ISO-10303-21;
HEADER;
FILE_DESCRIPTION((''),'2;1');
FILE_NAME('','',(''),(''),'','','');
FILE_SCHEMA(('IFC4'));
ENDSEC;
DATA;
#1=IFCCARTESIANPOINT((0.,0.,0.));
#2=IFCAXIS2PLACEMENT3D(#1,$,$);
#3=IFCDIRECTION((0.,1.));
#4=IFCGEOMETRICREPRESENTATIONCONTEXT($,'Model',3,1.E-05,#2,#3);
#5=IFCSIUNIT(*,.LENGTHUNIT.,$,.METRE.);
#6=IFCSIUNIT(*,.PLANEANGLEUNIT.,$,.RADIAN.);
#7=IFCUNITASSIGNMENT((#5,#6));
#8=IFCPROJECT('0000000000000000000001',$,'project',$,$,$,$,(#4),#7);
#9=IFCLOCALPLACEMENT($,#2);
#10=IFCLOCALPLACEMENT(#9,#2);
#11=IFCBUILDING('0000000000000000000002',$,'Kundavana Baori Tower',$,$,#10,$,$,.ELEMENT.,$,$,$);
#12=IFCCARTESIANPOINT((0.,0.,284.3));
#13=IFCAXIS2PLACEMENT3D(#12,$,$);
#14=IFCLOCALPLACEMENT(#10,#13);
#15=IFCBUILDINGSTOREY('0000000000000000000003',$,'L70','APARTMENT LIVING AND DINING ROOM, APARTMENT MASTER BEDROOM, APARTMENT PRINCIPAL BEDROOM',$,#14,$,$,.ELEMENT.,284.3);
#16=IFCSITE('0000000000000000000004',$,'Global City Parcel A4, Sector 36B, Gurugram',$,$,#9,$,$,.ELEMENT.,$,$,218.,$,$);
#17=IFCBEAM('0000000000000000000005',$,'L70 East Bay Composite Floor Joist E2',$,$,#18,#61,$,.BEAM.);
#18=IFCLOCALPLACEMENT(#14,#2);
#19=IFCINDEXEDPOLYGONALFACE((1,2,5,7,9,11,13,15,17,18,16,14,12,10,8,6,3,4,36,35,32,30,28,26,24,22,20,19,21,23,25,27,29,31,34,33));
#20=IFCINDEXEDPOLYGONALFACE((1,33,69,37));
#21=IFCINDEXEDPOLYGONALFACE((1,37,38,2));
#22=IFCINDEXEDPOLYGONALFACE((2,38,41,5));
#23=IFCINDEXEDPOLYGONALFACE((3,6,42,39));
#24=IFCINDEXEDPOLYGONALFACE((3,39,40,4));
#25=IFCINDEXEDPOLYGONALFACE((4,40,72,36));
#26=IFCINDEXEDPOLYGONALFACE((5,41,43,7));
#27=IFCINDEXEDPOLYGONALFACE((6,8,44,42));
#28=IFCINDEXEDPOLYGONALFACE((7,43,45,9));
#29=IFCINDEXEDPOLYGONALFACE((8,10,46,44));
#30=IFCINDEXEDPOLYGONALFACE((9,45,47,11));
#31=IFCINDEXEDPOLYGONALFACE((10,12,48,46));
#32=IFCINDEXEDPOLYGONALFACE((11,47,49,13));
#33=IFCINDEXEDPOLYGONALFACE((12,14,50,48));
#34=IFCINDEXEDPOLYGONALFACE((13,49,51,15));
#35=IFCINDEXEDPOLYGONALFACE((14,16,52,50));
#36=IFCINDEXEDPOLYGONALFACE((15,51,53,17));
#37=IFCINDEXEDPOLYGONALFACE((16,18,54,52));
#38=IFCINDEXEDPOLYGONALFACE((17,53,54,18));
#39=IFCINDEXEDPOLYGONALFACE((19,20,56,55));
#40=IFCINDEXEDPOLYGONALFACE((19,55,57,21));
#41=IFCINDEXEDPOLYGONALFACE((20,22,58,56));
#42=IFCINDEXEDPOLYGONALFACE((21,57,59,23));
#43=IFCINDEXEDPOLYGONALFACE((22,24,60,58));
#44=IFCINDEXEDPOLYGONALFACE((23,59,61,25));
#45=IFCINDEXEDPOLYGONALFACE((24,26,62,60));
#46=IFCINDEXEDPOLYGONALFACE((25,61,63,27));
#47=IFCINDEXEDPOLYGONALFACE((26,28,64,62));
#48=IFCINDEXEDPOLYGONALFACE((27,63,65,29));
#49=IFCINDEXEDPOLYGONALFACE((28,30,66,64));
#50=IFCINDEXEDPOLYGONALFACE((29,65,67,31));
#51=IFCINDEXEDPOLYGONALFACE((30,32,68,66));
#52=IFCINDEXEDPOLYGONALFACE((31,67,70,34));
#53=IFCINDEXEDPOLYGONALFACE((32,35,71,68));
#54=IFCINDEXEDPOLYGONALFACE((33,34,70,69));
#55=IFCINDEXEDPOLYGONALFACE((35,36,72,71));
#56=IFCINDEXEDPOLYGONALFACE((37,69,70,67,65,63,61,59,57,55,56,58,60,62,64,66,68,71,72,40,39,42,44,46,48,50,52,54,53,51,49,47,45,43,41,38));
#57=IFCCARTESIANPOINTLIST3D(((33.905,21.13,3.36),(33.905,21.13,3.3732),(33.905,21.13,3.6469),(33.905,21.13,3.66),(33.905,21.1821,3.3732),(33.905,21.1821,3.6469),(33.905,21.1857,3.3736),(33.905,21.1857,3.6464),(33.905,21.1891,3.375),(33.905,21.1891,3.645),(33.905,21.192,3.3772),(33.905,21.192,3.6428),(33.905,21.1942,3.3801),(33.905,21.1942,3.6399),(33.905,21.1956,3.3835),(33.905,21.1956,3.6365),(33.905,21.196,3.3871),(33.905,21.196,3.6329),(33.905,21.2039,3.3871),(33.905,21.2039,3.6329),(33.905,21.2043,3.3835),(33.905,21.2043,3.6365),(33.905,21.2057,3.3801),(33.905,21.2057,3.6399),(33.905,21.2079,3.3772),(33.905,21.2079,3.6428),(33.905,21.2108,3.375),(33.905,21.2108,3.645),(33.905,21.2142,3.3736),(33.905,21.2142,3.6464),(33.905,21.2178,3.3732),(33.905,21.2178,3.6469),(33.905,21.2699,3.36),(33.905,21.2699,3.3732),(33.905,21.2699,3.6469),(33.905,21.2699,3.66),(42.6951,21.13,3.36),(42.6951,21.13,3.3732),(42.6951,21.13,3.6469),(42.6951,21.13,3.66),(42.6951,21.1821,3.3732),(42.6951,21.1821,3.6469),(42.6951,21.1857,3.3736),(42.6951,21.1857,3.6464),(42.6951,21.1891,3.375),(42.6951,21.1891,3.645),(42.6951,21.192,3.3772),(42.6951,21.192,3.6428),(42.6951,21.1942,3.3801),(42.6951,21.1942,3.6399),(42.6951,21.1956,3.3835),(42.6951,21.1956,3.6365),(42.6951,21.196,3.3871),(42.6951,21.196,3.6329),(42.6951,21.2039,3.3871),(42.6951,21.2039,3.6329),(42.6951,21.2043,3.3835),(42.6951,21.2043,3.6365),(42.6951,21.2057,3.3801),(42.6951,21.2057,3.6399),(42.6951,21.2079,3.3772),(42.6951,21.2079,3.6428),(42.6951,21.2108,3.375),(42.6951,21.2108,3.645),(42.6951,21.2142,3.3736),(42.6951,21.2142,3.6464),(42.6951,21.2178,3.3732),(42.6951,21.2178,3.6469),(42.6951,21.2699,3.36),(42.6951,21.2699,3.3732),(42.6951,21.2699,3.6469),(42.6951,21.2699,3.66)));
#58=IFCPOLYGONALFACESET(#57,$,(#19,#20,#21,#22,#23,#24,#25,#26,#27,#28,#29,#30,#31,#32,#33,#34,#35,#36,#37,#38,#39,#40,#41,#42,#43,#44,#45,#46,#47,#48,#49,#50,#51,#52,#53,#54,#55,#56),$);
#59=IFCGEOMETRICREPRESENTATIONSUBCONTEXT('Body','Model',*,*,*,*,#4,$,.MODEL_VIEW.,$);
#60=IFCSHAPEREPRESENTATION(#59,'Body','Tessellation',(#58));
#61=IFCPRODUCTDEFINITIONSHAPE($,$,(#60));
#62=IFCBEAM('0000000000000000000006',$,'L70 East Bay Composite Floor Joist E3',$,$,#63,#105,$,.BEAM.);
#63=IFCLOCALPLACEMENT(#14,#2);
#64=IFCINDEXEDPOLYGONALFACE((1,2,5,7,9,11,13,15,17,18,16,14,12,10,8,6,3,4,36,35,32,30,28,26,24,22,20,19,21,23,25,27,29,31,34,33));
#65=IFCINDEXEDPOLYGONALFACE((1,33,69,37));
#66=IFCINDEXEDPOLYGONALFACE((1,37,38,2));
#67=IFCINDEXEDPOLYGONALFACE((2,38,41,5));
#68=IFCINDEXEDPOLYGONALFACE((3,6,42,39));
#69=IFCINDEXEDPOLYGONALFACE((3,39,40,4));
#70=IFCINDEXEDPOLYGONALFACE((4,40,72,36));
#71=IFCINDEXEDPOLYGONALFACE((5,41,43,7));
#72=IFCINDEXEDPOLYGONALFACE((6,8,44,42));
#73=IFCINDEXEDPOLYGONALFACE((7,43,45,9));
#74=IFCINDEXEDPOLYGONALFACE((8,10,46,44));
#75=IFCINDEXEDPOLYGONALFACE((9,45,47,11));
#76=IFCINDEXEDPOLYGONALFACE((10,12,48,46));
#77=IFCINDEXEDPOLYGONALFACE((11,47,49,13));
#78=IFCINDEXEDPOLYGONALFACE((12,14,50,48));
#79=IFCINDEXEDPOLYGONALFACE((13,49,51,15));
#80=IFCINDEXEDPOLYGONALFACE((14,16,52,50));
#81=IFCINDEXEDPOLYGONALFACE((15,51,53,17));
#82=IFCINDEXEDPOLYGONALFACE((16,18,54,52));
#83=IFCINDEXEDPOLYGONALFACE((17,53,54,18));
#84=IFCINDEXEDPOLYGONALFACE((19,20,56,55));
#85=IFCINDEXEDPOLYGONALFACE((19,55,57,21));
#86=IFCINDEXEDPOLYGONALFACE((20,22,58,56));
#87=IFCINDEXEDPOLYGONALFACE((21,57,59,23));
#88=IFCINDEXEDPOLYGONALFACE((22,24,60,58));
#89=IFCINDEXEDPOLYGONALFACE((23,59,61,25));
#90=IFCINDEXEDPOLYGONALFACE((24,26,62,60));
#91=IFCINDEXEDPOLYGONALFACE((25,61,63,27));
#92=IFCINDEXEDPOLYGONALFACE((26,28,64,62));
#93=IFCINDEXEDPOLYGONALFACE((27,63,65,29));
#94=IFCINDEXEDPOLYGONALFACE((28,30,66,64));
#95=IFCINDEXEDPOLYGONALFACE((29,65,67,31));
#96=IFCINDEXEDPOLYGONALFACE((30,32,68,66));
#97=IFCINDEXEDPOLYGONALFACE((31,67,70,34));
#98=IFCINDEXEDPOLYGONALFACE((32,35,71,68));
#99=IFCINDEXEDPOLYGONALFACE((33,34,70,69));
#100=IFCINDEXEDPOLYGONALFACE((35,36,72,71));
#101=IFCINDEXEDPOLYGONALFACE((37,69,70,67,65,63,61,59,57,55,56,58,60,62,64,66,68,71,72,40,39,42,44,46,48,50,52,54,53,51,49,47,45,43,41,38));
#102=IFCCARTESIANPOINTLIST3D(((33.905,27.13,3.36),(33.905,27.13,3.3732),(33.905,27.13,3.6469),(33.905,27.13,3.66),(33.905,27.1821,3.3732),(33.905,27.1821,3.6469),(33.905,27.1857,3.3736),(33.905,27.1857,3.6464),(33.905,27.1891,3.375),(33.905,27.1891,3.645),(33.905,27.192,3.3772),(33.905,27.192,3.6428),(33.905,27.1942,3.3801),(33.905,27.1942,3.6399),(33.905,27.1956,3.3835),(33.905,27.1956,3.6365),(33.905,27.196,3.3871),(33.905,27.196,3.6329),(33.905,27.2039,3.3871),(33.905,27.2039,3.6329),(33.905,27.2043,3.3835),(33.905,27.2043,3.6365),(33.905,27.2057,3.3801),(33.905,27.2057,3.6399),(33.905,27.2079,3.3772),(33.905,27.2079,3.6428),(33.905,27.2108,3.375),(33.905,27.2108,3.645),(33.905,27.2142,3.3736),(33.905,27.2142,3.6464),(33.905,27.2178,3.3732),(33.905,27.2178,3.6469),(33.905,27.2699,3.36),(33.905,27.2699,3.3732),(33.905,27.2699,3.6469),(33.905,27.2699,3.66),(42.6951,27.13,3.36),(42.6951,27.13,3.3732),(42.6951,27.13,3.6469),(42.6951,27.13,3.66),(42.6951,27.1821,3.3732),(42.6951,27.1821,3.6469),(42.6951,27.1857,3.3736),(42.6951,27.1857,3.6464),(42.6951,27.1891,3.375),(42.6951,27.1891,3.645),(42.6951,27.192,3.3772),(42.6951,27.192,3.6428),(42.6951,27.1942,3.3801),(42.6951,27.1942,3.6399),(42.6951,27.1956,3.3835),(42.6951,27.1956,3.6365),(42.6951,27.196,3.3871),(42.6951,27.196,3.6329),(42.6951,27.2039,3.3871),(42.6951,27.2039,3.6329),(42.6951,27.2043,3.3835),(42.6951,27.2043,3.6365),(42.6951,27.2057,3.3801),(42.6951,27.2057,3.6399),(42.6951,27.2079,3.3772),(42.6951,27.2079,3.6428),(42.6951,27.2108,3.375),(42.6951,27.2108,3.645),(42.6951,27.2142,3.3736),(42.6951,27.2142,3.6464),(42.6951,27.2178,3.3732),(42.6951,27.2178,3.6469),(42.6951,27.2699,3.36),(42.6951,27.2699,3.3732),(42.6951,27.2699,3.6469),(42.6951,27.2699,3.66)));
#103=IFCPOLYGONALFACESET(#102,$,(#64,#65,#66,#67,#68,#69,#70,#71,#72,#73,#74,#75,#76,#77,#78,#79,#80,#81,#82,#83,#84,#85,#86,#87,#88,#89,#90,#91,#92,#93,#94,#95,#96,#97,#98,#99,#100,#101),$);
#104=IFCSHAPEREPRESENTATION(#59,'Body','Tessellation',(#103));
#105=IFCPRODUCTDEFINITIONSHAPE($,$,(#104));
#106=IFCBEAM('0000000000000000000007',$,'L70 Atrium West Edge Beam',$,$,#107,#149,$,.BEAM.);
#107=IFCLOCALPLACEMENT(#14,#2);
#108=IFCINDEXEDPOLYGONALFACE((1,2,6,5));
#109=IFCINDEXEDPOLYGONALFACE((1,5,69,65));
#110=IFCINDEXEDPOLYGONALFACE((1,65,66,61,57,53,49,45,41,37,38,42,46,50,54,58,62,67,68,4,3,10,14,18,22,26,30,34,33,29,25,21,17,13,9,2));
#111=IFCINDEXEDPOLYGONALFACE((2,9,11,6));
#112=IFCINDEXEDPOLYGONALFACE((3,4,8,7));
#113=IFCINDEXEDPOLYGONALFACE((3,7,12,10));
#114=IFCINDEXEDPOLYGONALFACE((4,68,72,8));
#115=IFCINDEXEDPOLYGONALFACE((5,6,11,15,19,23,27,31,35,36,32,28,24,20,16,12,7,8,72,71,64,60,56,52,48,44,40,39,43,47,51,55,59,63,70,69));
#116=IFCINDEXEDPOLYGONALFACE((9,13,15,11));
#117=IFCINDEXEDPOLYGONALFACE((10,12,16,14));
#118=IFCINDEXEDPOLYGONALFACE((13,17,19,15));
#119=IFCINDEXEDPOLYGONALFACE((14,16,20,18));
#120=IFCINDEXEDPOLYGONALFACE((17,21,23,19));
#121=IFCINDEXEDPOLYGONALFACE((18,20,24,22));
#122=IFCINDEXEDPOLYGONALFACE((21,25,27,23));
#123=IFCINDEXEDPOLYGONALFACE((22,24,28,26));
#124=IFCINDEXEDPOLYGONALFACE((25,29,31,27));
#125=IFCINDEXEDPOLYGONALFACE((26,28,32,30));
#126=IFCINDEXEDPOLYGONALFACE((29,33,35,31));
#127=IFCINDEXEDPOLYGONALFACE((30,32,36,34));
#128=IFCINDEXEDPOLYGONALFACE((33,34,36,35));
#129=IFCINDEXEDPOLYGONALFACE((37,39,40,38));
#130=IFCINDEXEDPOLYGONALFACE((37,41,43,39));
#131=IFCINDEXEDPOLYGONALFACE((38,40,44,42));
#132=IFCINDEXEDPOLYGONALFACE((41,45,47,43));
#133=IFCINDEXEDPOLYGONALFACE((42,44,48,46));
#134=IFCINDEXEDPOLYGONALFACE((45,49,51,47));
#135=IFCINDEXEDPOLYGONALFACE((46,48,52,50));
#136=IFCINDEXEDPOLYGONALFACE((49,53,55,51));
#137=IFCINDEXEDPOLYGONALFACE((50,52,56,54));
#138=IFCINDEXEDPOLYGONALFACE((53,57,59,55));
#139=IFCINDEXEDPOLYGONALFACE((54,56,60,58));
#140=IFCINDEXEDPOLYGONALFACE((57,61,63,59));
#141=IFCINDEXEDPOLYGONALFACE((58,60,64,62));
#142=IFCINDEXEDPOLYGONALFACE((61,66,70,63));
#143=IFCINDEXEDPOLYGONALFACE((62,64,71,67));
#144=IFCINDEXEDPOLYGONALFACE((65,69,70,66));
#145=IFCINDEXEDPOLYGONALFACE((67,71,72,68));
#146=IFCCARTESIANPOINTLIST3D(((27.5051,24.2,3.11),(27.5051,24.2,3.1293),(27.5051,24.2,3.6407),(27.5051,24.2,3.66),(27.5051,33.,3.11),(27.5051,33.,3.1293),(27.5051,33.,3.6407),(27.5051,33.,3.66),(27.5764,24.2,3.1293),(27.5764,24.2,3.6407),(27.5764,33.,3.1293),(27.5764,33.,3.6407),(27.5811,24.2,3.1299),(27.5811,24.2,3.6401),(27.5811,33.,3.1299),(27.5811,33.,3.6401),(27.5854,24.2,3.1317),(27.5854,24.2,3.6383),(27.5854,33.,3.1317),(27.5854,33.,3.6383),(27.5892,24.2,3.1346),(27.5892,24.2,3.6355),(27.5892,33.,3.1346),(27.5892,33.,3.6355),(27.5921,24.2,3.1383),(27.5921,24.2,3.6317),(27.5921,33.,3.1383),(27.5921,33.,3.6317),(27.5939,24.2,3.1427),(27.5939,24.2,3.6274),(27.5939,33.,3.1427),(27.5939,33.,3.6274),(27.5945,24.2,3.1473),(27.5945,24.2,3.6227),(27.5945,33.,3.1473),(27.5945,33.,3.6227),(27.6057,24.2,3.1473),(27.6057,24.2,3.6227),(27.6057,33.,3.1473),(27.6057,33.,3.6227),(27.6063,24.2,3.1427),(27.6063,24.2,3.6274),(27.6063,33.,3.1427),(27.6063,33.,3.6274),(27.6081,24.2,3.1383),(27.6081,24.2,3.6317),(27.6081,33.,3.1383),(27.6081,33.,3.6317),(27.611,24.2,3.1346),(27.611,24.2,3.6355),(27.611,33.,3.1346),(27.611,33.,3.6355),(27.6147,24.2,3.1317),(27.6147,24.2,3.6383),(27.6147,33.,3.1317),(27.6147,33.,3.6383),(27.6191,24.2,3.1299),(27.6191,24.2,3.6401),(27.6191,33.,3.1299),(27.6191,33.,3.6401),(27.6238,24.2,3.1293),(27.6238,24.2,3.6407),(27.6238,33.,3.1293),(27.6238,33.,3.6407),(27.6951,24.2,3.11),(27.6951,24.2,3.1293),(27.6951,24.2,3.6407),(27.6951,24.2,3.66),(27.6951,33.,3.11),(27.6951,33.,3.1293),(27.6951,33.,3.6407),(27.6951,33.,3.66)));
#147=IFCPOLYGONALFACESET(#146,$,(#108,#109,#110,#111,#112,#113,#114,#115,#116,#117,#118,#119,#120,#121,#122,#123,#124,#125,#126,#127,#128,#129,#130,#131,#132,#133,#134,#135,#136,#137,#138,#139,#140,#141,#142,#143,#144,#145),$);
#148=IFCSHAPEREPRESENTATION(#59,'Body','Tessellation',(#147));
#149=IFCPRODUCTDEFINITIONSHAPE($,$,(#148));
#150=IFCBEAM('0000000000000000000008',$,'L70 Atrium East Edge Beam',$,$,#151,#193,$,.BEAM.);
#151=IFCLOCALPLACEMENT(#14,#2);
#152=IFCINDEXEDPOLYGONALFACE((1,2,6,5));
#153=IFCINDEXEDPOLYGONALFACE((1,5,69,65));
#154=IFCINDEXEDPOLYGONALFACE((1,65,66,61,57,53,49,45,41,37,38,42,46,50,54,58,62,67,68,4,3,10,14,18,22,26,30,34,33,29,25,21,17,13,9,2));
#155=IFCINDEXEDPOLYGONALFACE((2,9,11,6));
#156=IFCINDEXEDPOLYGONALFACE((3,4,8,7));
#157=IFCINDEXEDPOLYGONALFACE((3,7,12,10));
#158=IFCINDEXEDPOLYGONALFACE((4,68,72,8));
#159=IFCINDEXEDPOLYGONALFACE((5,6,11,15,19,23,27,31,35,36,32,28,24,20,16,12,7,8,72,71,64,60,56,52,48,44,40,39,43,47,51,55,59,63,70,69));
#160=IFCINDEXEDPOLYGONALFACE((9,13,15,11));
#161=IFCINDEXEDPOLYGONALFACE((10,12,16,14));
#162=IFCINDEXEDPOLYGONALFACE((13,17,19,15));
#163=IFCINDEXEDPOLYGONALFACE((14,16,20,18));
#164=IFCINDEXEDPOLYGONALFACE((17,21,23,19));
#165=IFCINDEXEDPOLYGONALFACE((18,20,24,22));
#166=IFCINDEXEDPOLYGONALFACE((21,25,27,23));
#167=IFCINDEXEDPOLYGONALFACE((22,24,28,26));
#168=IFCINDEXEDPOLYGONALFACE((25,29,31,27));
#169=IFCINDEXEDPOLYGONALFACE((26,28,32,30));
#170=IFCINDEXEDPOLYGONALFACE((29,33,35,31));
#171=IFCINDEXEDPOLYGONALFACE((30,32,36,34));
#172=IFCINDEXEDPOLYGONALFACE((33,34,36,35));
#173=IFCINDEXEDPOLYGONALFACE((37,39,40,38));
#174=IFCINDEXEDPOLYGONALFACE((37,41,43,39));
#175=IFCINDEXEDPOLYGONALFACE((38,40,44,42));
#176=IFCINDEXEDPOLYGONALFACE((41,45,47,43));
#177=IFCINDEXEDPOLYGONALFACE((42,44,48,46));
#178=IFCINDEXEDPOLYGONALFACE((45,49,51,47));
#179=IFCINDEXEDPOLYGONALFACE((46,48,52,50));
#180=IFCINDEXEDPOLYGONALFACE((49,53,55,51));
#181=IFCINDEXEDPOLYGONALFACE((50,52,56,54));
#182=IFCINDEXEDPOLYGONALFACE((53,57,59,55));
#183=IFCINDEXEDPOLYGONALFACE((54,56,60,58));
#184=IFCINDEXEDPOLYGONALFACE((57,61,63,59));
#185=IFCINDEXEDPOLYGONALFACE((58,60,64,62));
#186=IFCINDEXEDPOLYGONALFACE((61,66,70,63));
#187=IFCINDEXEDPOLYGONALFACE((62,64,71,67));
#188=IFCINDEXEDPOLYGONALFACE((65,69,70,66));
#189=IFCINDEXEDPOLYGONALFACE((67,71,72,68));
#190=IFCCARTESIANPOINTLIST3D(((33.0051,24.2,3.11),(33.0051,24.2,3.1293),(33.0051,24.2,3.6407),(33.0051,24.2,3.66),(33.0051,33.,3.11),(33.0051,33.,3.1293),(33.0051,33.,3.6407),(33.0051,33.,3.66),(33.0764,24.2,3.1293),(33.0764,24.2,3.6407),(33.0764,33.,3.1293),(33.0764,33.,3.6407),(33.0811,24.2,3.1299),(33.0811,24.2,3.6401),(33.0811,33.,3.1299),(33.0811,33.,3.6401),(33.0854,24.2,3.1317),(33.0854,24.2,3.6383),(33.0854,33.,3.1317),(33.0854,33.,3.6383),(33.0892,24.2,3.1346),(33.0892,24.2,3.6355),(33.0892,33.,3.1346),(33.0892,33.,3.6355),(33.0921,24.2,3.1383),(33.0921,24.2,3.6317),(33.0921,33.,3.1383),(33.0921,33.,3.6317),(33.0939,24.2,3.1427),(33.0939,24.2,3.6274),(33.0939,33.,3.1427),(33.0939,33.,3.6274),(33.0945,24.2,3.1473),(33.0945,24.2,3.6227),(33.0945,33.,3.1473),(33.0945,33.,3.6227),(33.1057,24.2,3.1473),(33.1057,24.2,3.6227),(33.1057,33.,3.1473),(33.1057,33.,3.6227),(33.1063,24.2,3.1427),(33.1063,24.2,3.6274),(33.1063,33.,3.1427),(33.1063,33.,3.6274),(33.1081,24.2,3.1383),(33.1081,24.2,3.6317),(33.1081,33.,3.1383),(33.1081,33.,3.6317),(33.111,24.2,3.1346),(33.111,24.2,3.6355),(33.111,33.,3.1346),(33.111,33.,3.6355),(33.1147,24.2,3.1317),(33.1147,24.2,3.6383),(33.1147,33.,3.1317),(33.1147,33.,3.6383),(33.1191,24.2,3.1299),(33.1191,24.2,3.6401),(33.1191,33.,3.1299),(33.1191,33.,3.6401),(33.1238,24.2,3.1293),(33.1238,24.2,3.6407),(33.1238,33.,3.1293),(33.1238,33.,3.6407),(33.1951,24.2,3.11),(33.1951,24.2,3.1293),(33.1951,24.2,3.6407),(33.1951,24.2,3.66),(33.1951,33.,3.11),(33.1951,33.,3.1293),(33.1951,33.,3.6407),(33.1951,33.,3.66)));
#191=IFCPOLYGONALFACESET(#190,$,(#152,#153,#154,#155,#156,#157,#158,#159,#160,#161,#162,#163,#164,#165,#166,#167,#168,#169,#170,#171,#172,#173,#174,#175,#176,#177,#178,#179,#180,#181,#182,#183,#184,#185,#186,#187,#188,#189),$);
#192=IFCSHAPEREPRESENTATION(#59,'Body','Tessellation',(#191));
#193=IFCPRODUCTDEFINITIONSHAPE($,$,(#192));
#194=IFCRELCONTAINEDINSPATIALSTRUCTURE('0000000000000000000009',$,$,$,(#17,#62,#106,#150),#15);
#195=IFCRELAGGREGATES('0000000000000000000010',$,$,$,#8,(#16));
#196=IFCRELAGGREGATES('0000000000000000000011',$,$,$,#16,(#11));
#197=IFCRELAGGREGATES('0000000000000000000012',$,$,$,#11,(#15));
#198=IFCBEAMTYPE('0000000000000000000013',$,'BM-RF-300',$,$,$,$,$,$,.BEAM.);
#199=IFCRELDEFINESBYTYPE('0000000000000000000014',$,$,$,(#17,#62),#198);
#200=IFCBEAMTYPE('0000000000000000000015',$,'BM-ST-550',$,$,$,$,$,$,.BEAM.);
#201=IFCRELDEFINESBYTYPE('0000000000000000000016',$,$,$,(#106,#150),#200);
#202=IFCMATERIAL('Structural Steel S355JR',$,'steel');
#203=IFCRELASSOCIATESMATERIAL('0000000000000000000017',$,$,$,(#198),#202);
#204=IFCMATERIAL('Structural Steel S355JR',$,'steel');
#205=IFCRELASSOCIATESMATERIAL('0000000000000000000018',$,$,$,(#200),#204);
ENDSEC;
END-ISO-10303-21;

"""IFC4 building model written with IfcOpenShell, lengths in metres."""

from ifc_helpers import new_model, si_unit, direction, frame, origin, origin_2d, place, context, subcontext, project, spatial, i_section, extrude, material, material_profile, profile_set, type_object, element, save


model = new_model("IFC4")

# Units and contexts
model_context = context("Model", 3, precision=1e-05, world=origin(), true_north=direction((0.0, 1.0)))
body_context = subcontext(model_context, "Body", "Model", "MODEL_VIEW")
ifc_project = project(units=[si_unit("LENGTHUNIT", "METRE"), si_unit("PLANEANGLEUNIT", "RADIAN")], contexts=[model_context])

# Site, building, storey
site_placement = place(None, origin())
site = spatial("IfcSite", under=ifc_project, at=site_placement, Name="Global City Parcel A4, Sector 36B, Gurugram", CompositionType="ELEMENT", RefElevation=218.0)
building_placement = place(site_placement, origin())
building = spatial("IfcBuilding", under=site, at=building_placement, Name="Kundavana Baori Tower", CompositionType="ELEMENT")
storey_placement = place(building_placement, frame((0.0, 0.0, 284.3)))
storey = spatial("IfcBuildingStorey", under=building, at=storey_placement, Name="L70", Description="APARTMENT LIVING AND DINING ROOM, APARTMENT MASTER BEDROOM, APARTMENT PRINCIPAL BEDROOM", CompositionType="ELEMENT", Elevation=284.3)

# Beams
ifc_material_1 = material(Name="Structural Steel S355JR", Category="steel")
ifc_material_profile_1 = material_profile(ifc_material_1, i_section(OverallWidth=0.1399, OverallDepth=0.3, WebThickness=0.0078, FlangeThickness=0.0132, FilletRadius=0.0139, at=origin_2d()), Name="ISMB 300")
ifc_profile_set_1 = profile_set([ifc_material_profile_1], Name="Structural Steel S355JR")
beam_type_1 = type_object("IfcBeamType", Name="BM-RF-300", PredefinedType="BEAM", material=ifc_profile_set_1)
for number, where, z_axis, x_axis, name in (
    (1, (33.905, 21.2, 3.51), (1.0, 0.0, 0.0), (0.0, 1.0, 0.0), "L70 East Bay Composite Floor Joist E2"),
    (2, (33.905, 27.2, 3.51), (1.0, 0.0, 0.0), (0.0, 1.0, 0.0), "L70 East Bay Composite Floor Joist E3"),
):
    element("IfcBeam", number, at=place(storey_placement, frame(where, z_axis=z_axis, x_axis=x_axis)), inside=storey, type_object=beam_type_1, Name=name, PredefinedType="BEAM", context=body_context, shape_type="SweptSolid", body=[
        extrude(i_section(OverallWidth=0.1399, OverallDepth=0.3, WebThickness=0.0078, FlangeThickness=0.0132, FilletRadius=0.0139, at=origin_2d()), origin(), (0.0, 0.0, 1.0), 8.79),
    ])
ifc_material_2 = material(Name="Structural Steel S355JR", Category="steel")
ifc_material_profile_2 = material_profile(ifc_material_2, i_section(OverallWidth=0.1899, OverallDepth=0.55, WebThickness=0.0112, FlangeThickness=0.0193, FilletRadius=0.0181, at=origin_2d()), Name="ISMB 550")
ifc_profile_set_2 = profile_set([ifc_material_profile_2], Name="Structural Steel S355JR")
beam_type_2 = type_object("IfcBeamType", Name="BM-ST-550", PredefinedType="BEAM", material=ifc_profile_set_2)
for number, where, z_axis, x_axis, name in (
    (3, (27.6001, 24.2, 3.385), (0.0, 1.0, 0.0), (-1.0, 0.0, 0.0), "L70 Atrium West Edge Beam"),
    (4, (33.1001, 24.2, 3.385), (0.0, 1.0, 0.0), (-1.0, 0.0, 0.0), "L70 Atrium East Edge Beam"),
):
    element("IfcBeam", number, at=place(storey_placement, frame(where, z_axis=z_axis, x_axis=x_axis)), inside=storey, type_object=beam_type_2, Name=name, PredefinedType="BEAM", context=body_context, shape_type="SweptSolid", body=[
        extrude(i_section(OverallWidth=0.1899, OverallDepth=0.55, WebThickness=0.0112, FlangeThickness=0.0193, FilletRadius=0.0181, at=origin_2d()), origin(), (0.0, 0.0, 1.0), 8.8),
    ])

save(model, "model.ifc")
